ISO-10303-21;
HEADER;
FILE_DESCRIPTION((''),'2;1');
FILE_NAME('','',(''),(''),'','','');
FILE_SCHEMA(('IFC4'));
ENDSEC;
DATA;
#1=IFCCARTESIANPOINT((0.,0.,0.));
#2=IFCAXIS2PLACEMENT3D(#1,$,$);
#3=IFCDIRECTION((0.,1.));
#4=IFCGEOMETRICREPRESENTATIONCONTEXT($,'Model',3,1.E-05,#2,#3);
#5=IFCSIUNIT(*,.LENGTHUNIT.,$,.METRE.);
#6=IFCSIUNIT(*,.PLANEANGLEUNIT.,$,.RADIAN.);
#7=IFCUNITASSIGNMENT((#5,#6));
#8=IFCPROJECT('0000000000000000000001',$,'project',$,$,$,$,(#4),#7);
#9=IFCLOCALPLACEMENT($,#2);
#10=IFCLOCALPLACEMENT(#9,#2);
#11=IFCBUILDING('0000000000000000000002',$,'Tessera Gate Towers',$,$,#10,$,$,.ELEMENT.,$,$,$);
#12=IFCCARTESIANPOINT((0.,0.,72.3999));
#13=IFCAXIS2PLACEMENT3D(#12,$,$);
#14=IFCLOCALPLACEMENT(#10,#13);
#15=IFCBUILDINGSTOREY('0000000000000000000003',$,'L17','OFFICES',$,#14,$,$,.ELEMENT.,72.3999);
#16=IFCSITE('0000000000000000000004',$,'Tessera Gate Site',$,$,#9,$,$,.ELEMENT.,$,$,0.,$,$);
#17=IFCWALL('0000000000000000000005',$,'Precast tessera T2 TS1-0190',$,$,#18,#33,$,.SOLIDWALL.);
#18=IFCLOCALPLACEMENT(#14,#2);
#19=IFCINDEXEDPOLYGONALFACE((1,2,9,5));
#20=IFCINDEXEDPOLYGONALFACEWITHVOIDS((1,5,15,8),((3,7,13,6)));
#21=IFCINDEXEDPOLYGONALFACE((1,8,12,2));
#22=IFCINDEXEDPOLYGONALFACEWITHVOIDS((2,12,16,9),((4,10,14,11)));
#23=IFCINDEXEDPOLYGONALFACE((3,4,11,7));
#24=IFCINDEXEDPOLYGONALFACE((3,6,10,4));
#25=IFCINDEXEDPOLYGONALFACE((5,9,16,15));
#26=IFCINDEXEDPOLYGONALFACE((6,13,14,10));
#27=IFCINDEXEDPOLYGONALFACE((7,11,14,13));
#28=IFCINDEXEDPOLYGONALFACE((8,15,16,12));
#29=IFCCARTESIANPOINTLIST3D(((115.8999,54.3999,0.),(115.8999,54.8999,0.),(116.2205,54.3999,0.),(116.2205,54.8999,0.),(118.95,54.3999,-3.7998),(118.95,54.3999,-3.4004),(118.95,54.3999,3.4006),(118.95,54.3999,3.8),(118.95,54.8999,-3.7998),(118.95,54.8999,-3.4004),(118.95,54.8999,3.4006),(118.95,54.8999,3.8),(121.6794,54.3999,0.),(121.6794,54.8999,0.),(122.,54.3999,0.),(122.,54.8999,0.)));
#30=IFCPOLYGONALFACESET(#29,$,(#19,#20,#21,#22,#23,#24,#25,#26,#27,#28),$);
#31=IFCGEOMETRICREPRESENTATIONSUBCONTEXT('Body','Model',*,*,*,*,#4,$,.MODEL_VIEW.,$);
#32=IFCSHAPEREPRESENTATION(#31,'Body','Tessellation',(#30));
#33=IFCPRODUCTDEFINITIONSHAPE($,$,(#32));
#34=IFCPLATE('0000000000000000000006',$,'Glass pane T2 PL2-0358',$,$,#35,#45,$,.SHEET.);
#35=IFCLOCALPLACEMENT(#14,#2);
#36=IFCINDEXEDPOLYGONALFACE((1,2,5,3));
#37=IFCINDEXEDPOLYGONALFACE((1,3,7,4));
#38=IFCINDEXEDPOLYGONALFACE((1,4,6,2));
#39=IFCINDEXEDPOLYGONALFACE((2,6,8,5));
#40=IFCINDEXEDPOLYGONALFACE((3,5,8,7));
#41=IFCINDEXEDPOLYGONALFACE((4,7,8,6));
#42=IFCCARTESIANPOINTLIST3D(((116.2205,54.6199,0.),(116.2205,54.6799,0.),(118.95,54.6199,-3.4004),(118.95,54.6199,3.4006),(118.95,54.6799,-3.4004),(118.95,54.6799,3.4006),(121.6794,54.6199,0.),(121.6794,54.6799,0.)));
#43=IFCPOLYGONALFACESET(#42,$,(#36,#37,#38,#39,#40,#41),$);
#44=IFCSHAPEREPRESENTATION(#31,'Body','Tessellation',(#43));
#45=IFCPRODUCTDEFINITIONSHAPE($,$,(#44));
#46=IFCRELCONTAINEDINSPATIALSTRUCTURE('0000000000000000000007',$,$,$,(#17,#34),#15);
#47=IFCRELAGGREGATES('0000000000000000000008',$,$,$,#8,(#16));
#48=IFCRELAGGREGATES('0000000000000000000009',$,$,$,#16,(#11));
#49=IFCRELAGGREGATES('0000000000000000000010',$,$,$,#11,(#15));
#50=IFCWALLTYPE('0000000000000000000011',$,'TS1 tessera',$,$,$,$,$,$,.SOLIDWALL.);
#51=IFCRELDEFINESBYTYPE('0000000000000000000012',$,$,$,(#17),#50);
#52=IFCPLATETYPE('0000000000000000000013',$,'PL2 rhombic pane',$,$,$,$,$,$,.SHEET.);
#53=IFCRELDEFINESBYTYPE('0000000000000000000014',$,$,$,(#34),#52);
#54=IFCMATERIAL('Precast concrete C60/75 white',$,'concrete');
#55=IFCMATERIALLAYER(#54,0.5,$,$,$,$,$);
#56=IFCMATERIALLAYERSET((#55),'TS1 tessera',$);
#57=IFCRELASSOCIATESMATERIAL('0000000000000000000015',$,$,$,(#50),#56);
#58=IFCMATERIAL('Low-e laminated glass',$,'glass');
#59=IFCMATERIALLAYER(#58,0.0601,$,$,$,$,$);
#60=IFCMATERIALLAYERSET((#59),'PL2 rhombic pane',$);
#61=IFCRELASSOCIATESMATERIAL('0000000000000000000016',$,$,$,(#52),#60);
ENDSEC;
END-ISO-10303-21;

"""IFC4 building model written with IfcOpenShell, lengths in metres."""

from ifc_helpers import new_model, si_unit, direction, frame, origin, place, context, subcontext, project, spatial, polyline, outline, extrude, source, transform, mapped, material, layer, layer_set, type_object, element, fill, save


model = new_model("IFC4")

# Units and contexts
model_context = context("Model", 3, precision=1e-05, world=origin(), true_north=direction((0.0, 1.0)))
body_context = subcontext(model_context, "Body", "Model", "MODEL_VIEW")
ifc_project = project(units=[si_unit("LENGTHUNIT", "METRE"), si_unit("PLANEANGLEUNIT", "RADIAN")], contexts=[model_context])

# Site, building, storey
site_placement = place(None, origin())
site = spatial("IfcSite", under=ifc_project, at=site_placement, Name="Tessera Gate Site", CompositionType="ELEMENT", RefElevation=0.0)
building_placement = place(site_placement, origin())
building = spatial("IfcBuilding", under=site, at=building_placement, Name="Tessera Gate Towers", CompositionType="ELEMENT")
storey_placement = place(building_placement, frame((0.0, 0.0, 72.3999)))
storey = spatial("IfcBuildingStorey", under=building, at=storey_placement, Name="L17", Description="OFFICES", CompositionType="ELEMENT", Elevation=72.3999)

# Wall, opening, plate
ifc_material_1 = material(Name="Precast concrete C60/75 white", Category="concrete")
ifc_layer_1 = layer(ifc_material_1, 0.5)
ifc_layer_set_1 = layer_set([ifc_layer_1], Name="TS1 tessera")
wall_type_1 = type_object("IfcWallType", Name="TS1 tessera", PredefinedType="SOLIDWALL", material=ifc_layer_set_1)
shared_shape_1 = source(origin(), body_context, "Body", "SweptSolid", [
    extrude(outline(polyline([(3.05, 0.0), (6.1001, 3.7998), (3.05, 7.5999), (0.0, 3.7998), (3.05, 0.0)])), frame((0.0, 0.25, 0.0), z_axis=(0.0, -1.0, 0.0), x_axis=(1.0, 0.0, 0.0)), (0.0, 0.0, 1.0), 0.5),
])
shared_shape_2 = source(origin(), body_context, "Body", "SweptSolid", [
    extrude(outline(polyline([(3.05, 0.3994), (5.7795, 3.7998), (3.05, 7.2004), (0.3206, 3.7998), (3.05, 0.3994)])), frame((0.0, 0.26, 0.0), z_axis=(0.0, -1.0, 0.0), x_axis=(1.0, 0.0, 0.0)), (0.0, 0.0, 1.0), 0.52),
])
ifc_material_2 = material(Name="Low-e laminated glass", Category="glass")
ifc_layer_2 = layer(ifc_material_2, 0.0601)
ifc_layer_set_2 = layer_set([ifc_layer_2], Name="PL2 rhombic pane")
plate_type = type_object("IfcPlateType", Name="PL2 rhombic pane", PredefinedType="SHEET", material=ifc_layer_set_2)
shared_shape_3 = source(origin(), body_context, "Body", "SweptSolid", [
    extrude(outline(polyline([(3.05, 0.3994), (5.7795, 3.7998), (3.05, 7.2004), (0.3206, 3.7998), (3.05, 0.3994)])), frame((0.0, 0.03, 0.0), z_axis=(0.0, -1.0, 0.0), x_axis=(1.0, 0.0, 0.0)), (0.0, 0.0, 1.0), 0.0601),
])
wall_1_placement = place(storey_placement, frame((122.0, 54.6499, -3.7998), z_axis=(0.0, 0.0, 1.0), x_axis=(-1.0, 0.0, 0.0)))
wall_1 = element("IfcWall", 1, at=wall_1_placement, inside=storey, type_object=wall_type_1, Name="Precast tessera T2 TS1-0190", PredefinedType="SOLIDWALL", context=body_context, shape_type="MappedRepresentation", body=[
    mapped(shared_shape_1, transform((0.0, 0.0, 0.0), scale=1.0)),
])
opening_1_placement = place(wall_1_placement, origin())
opening_1 = element("IfcOpeningElement", 2, at=opening_1_placement, cuts=wall_1, PredefinedType="OPENING", context=body_context, shape_type="MappedRepresentation", body=[
    mapped(shared_shape_2, transform((0.0, 0.0, 0.0), scale=1.0)),
])
plate_1_placement = place(opening_1_placement, origin())
plate_1 = element("IfcPlate", 3, at=plate_1_placement, inside=storey, type_object=plate_type, Name="Glass pane T2 PL2-0358", PredefinedType="SHEET", context=body_context, shape_type="MappedRepresentation", body=[
    mapped(shared_shape_3, transform((0.0, 0.0, 0.0), scale=1.0)),
])
fill(opening_1, plate_1)

save(model, "model.ifc")
